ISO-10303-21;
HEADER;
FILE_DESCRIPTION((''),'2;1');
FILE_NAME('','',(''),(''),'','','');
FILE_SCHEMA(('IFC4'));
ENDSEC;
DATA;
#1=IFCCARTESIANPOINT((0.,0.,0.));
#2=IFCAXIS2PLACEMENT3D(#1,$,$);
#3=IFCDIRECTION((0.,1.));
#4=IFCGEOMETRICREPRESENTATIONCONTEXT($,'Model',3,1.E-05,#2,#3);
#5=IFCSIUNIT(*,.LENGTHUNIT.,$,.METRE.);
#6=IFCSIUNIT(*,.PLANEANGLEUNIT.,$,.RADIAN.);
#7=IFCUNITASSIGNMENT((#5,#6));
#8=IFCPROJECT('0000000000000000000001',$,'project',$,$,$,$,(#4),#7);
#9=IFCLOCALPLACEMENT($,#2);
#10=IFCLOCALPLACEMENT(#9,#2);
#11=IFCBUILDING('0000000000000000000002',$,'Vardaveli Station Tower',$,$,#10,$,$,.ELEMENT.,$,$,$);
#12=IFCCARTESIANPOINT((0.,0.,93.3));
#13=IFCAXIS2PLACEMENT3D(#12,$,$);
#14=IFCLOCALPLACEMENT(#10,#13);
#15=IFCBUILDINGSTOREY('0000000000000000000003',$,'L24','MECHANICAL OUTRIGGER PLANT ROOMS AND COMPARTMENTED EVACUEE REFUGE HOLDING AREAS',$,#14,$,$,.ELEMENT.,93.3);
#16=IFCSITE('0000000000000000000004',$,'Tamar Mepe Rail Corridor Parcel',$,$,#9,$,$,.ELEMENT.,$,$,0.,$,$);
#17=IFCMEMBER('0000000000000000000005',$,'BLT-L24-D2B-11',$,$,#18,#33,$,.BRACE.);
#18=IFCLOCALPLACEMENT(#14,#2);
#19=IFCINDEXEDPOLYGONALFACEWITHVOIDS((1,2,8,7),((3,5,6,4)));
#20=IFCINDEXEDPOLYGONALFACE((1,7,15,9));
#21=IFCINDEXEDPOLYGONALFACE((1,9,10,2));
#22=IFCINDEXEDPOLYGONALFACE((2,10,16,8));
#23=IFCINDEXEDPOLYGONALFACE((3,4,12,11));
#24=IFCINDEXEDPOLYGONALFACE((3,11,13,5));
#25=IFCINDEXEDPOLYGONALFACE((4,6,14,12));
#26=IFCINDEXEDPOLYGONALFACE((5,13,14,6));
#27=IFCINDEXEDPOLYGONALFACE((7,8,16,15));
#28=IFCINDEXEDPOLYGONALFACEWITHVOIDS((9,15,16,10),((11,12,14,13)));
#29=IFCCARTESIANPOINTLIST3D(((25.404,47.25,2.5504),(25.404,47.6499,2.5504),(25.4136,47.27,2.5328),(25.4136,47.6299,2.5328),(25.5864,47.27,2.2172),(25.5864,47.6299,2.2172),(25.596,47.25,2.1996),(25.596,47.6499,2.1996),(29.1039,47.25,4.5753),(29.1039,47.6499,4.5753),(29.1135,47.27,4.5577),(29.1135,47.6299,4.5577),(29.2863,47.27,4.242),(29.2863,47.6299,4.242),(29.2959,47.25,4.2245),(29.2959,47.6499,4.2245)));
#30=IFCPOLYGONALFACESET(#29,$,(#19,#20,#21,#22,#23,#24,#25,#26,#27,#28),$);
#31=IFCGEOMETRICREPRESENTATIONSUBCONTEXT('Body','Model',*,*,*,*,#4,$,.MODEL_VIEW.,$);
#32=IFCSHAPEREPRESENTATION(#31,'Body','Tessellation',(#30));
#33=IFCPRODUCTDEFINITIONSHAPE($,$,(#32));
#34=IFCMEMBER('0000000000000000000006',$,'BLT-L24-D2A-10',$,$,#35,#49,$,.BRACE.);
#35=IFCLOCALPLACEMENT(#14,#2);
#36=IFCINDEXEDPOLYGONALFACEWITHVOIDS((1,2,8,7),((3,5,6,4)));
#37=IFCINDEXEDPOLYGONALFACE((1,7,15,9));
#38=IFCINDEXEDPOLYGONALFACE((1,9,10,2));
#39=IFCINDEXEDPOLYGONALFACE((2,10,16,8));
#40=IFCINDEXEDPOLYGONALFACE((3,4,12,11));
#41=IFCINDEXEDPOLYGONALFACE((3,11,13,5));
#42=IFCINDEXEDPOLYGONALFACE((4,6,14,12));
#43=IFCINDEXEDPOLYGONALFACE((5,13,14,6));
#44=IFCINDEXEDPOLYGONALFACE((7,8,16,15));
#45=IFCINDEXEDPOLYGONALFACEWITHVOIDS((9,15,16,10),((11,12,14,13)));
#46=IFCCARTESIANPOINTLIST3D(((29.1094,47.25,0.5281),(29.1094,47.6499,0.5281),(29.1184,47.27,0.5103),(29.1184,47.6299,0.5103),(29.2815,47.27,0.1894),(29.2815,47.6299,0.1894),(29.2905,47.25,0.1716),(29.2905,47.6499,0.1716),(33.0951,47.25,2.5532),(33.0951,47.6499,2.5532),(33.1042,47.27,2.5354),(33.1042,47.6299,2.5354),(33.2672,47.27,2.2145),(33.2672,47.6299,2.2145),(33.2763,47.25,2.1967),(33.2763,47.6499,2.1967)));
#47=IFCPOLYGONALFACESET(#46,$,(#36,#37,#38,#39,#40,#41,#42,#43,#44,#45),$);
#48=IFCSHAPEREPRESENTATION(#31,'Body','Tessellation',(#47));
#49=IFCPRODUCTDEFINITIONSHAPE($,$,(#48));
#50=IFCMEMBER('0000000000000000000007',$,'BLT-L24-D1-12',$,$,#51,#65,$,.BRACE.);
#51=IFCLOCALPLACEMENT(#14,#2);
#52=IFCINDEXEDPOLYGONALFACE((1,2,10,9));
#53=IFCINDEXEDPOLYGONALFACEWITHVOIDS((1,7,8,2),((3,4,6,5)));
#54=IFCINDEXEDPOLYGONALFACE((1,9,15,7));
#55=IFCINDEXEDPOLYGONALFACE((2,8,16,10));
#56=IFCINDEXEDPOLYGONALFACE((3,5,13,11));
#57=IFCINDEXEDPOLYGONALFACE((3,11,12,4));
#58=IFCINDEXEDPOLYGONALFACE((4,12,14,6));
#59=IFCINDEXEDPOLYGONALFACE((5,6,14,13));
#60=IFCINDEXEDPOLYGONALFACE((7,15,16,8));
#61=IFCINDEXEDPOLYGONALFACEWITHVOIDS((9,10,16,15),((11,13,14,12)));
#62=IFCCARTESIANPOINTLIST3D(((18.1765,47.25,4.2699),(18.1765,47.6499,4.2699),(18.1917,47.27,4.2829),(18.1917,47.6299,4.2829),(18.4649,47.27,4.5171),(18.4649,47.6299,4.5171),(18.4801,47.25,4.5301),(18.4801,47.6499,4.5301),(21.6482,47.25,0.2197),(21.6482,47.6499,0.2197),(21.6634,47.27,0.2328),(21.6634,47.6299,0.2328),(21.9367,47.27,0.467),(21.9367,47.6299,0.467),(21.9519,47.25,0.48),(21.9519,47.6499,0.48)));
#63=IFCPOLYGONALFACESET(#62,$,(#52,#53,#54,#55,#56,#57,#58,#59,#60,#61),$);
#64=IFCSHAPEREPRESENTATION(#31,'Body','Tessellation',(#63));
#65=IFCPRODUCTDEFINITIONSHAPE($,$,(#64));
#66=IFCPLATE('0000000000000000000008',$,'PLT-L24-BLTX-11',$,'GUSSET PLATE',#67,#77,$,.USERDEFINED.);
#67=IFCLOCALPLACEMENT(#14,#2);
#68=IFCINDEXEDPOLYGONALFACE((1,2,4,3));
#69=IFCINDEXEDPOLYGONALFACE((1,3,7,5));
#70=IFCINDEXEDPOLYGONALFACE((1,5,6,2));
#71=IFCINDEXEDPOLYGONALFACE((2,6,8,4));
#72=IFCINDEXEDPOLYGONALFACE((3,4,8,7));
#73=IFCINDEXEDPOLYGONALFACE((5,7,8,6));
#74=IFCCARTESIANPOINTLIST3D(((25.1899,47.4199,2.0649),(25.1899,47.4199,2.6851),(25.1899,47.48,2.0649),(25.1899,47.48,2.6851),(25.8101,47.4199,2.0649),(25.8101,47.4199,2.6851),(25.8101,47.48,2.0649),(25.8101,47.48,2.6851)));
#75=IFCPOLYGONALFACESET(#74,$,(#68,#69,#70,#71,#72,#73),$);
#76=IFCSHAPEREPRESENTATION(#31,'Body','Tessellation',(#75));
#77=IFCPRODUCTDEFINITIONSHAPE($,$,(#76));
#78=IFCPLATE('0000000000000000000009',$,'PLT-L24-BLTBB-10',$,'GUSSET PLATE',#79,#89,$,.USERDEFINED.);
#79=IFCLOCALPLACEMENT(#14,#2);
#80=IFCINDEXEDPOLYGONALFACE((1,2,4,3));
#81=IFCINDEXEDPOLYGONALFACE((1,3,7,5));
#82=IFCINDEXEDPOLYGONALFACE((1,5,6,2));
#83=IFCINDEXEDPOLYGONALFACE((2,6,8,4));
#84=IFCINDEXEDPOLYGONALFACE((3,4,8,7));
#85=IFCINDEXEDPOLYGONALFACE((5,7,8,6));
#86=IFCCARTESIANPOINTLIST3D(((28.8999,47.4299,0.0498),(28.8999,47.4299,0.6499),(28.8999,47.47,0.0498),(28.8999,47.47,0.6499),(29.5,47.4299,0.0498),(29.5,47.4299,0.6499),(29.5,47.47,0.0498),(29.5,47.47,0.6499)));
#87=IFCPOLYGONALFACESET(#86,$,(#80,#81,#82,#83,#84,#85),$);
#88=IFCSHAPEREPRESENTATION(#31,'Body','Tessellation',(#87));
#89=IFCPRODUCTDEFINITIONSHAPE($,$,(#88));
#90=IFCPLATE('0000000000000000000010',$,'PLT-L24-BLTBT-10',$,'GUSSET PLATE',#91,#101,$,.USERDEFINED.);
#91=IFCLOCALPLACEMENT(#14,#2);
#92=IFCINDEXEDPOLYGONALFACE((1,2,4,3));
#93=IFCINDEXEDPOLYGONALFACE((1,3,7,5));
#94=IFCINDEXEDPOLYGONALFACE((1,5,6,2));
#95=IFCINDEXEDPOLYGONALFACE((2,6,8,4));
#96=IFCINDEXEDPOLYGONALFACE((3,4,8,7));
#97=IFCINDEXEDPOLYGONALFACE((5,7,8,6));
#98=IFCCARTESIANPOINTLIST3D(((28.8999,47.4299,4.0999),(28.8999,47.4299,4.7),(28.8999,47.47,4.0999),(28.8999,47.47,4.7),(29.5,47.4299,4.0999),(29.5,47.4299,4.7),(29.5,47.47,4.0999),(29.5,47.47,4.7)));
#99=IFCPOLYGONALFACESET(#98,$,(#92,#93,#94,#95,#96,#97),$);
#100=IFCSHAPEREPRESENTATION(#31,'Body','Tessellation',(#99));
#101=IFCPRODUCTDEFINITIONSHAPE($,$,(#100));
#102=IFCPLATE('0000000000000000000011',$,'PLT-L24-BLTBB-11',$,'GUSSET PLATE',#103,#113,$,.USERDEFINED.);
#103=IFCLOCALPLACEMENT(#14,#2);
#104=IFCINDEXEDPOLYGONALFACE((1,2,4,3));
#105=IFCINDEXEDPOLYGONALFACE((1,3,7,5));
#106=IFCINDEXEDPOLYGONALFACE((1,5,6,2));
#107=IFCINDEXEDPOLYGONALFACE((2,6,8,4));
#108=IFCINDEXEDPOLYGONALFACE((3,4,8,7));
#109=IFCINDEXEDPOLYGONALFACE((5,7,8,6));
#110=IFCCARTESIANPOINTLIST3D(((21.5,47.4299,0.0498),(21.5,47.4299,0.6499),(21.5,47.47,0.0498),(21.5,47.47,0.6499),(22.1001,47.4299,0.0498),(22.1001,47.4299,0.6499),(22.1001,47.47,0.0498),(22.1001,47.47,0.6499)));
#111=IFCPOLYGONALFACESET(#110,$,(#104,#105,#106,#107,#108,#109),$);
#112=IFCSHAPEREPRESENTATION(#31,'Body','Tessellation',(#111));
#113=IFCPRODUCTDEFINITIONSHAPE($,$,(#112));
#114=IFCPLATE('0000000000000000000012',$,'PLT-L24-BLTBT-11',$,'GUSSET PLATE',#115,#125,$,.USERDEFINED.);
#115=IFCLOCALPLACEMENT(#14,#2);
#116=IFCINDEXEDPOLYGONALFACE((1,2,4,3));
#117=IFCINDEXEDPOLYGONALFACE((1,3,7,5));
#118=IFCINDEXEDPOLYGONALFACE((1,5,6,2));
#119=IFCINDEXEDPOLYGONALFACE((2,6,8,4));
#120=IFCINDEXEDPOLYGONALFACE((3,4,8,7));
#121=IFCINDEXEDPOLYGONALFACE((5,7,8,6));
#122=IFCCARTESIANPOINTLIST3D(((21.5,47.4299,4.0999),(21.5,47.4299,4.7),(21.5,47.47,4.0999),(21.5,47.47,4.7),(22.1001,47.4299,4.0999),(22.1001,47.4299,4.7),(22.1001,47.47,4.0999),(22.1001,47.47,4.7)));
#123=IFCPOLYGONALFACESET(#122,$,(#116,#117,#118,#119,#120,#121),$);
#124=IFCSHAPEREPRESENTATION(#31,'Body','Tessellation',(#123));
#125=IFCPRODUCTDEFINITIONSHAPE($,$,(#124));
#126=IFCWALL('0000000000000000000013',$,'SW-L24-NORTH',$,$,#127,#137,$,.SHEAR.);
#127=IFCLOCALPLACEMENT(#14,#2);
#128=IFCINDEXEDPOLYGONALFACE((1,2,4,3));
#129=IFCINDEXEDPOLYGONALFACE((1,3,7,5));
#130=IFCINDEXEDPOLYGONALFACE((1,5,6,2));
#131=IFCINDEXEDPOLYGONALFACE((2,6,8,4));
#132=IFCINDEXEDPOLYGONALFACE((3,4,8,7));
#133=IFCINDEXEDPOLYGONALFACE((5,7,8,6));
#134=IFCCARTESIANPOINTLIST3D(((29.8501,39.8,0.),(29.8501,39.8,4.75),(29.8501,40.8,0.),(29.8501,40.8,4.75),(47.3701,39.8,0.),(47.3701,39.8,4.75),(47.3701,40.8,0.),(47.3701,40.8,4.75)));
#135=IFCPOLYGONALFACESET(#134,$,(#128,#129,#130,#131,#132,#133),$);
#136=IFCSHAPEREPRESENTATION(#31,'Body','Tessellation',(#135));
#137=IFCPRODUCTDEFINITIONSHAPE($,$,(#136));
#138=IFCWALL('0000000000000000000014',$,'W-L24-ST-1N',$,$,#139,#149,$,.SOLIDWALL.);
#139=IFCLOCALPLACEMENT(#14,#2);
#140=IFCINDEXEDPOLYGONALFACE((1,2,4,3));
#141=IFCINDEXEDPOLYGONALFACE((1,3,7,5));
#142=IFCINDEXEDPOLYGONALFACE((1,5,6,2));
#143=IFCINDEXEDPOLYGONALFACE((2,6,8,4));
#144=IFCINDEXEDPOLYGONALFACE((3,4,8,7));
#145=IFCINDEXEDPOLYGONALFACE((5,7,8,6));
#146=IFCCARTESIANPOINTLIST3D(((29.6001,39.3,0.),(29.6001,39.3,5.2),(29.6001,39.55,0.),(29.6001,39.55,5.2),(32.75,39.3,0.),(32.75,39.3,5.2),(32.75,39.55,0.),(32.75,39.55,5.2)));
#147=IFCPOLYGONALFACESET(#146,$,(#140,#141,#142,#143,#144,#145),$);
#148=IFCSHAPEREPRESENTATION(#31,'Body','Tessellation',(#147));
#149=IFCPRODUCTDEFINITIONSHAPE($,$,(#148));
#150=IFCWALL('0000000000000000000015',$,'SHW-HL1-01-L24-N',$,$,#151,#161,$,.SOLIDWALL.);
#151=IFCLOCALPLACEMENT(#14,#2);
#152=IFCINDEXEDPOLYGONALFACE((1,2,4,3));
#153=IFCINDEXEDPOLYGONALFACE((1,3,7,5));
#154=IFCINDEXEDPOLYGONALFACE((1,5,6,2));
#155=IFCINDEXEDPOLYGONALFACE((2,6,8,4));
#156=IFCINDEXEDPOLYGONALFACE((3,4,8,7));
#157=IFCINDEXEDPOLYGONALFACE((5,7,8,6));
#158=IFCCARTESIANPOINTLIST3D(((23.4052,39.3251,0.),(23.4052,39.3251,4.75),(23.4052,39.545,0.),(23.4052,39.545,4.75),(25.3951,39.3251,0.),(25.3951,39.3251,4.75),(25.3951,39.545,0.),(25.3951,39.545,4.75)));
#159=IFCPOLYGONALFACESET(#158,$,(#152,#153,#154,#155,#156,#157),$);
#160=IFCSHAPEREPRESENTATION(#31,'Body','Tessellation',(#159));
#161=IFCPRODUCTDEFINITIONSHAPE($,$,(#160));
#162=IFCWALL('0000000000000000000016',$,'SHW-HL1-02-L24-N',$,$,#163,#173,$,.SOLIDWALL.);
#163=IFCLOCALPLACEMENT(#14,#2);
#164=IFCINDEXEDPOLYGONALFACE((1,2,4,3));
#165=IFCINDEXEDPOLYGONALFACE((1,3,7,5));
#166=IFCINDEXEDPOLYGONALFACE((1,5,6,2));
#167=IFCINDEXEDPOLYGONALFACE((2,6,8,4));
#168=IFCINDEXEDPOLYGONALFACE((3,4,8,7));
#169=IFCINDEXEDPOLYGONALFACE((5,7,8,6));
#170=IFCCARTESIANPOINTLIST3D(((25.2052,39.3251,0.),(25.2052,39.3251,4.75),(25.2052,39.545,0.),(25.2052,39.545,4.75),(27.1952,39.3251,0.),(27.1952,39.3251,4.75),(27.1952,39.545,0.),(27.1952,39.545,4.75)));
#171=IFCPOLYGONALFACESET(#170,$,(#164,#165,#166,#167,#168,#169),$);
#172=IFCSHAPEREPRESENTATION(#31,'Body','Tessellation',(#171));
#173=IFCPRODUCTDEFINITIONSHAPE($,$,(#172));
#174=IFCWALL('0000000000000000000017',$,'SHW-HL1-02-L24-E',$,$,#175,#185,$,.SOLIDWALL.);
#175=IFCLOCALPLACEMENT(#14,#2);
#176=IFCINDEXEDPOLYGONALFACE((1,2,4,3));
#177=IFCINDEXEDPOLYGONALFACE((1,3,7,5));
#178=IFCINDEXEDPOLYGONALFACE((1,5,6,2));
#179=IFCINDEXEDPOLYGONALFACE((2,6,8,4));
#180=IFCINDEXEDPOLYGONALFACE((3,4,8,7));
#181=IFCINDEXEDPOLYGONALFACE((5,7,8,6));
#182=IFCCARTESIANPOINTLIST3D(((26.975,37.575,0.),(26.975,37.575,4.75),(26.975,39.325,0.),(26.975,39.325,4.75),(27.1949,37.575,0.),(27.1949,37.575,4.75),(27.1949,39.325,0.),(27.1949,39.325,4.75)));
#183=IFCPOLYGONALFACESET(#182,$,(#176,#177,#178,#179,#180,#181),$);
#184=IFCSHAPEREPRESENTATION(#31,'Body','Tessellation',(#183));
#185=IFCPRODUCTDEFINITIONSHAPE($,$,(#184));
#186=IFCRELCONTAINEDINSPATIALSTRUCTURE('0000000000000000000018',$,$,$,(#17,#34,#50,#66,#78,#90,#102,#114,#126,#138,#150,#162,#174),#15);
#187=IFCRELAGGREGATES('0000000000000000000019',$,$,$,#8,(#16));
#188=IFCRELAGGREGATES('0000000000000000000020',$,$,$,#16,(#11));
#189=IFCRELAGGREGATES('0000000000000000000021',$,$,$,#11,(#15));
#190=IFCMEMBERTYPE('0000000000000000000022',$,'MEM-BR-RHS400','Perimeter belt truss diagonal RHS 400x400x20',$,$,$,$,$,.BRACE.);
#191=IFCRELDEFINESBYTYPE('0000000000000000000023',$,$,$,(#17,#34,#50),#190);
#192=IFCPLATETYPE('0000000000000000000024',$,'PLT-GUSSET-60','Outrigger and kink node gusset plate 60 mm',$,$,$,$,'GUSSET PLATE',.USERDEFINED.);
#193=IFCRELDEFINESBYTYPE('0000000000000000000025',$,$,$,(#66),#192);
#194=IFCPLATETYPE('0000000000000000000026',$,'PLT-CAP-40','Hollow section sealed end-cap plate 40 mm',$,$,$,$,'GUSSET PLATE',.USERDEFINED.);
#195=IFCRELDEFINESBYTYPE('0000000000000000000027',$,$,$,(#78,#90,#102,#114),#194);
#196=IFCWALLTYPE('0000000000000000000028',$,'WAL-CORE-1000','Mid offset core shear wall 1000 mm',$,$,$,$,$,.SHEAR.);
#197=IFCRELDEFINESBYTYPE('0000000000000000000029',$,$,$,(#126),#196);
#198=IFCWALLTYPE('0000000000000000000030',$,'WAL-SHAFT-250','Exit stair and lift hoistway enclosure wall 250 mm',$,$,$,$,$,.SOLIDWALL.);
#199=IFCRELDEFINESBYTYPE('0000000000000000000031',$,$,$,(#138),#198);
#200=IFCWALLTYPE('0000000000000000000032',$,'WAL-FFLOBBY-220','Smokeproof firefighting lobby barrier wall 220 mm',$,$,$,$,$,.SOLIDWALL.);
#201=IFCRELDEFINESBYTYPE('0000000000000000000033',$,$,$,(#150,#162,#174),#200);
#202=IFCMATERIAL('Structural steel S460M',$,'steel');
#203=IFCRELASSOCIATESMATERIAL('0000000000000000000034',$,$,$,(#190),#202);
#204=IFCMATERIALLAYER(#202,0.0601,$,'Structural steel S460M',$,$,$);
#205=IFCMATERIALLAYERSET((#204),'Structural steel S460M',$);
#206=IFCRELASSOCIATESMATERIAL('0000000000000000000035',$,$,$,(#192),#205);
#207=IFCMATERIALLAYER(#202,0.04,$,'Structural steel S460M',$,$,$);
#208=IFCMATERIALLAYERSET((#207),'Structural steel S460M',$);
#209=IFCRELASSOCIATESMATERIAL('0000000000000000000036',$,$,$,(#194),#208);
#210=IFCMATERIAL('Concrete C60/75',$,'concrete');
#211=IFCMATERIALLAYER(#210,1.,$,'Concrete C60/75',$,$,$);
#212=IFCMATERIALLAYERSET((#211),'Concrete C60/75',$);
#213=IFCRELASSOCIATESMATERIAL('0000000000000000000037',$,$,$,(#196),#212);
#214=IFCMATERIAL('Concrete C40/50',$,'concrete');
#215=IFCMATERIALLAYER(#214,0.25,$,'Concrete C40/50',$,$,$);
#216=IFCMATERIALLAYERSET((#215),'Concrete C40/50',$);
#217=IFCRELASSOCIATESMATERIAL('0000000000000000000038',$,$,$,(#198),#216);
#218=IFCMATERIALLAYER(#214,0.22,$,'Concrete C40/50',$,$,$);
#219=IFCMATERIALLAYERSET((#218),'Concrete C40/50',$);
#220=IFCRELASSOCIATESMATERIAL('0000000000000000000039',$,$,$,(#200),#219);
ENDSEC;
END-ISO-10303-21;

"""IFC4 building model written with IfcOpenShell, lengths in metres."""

from ifc_helpers import new_model, si_unit, direction, frame, frame_2d, origin, origin_2d, place, context, subcontext, project, spatial, rectangle, hollow_rectangle, extrude, source, transform, mapped, material, layer, layer_set, material_profile, profile_set, type_object, element, save


model = new_model("IFC4")

# Units and contexts
model_context = context("Model", 3, precision=1e-05, world=origin(), true_north=direction((0.0, 1.0)))
body_context = subcontext(model_context, "Body", "Model", "MODEL_VIEW")
ifc_project = project(units=[si_unit("LENGTHUNIT", "METRE"), si_unit("PLANEANGLEUNIT", "RADIAN")], contexts=[model_context])

# Site, building, storey
site_placement = place(None, origin())
site = spatial("IfcSite", under=ifc_project, at=site_placement, Name="Tamar Mepe Rail Corridor Parcel", CompositionType="ELEMENT", RefElevation=0.0)
building_placement = place(site_placement, origin())
building = spatial("IfcBuilding", under=site, at=building_placement, Name="Vardaveli Station Tower", CompositionType="ELEMENT")
storey_placement = place(building_placement, frame((0.0, 0.0, 93.3)))
storey = spatial("IfcBuildingStorey", under=building, at=storey_placement, Name="L24", Description="MECHANICAL OUTRIGGER PLANT ROOMS AND COMPARTMENTED EVACUEE REFUGE HOLDING AREAS", CompositionType="ELEMENT", Elevation=93.3)

# Shared definitions
ifc_material_1 = material(Name="Structural steel S460M", Category="steel")

# Members
ifc_material_profile_1 = material_profile(ifc_material_1, hollow_rectangle(XDim=0.3999, YDim=0.3999, WallThickness=0.02, at=origin_2d()), Name="RHS 400x400x20")
ifc_profile_set_1 = profile_set([ifc_material_profile_1], Name="Structural steel S460M")
member_type_1 = type_object("IfcMemberType", Name="MEM-BR-RHS400", Description="Perimeter belt truss diagonal RHS 400x400x20", PredefinedType="BRACE", material=ifc_profile_set_1)
shared_shape_1 = source(origin(), body_context, "Body", "SweptSolid", [
    extrude(hollow_rectangle(XDim=0.3999, YDim=0.3999, WallThickness=0.02, at=origin_2d()), origin(), (0.0, 0.0, 1.0), 4.2178),
])
member_1_placement = place(storey_placement, frame((25.5, 47.45, 2.375), z_axis=(0.877222, 0.0, 0.480085), x_axis=(0.0, 1.0, 0.0)))
element("IfcMember", 1, at=member_1_placement, inside=storey, type_object=member_type_1, Name="BLT-L24-D2B-11", PredefinedType="BRACE", context=body_context, shape_type="MappedRepresentation", body=[
    mapped(shared_shape_1, transform((0.0, 0.0, 0.0), scale=1.0)),
])
shared_shape_2 = source(origin(), body_context, "Body", "SweptSolid", [
    extrude(hollow_rectangle(XDim=0.3999, YDim=0.3999, WallThickness=0.02, at=origin_2d()), origin(), (0.0, 0.0, 1.0), 4.4707),
])
member_2_placement = place(storey_placement, frame((29.2, 47.45, 0.3499), z_axis=(0.891525, 0.0, 0.452971), x_axis=(0.0, 1.0, 0.0)))
element("IfcMember", 2, at=member_2_placement, inside=storey, type_object=member_type_1, Name="BLT-L24-D2A-10", PredefinedType="BRACE", context=body_context, shape_type="MappedRepresentation", body=[
    mapped(shared_shape_2, transform((0.0, 0.0, 0.0), scale=1.0)),
])
shared_shape_3 = source(origin(), body_context, "Body", "SweptSolid", [
    extrude(hollow_rectangle(XDim=0.3999, YDim=0.3999, WallThickness=0.02, at=origin_2d()), origin(), (0.0, 0.0, 1.0), 5.3345),
])
member_3_placement = place(storey_placement, frame((21.8, 47.45, 0.3499), z_axis=(-0.650814, 0.0, 0.759237), x_axis=(0.0, -1.0, 0.0)))
element("IfcMember", 3, at=member_3_placement, inside=storey, type_object=member_type_1, Name="BLT-L24-D1-12", PredefinedType="BRACE", context=body_context, shape_type="MappedRepresentation", body=[
    mapped(shared_shape_3, transform((0.0, 0.0, 0.0), scale=1.0)),
])

# Plates
ifc_layer_1 = layer(ifc_material_1, 0.0601, Name="Structural steel S460M")
ifc_layer_set_1 = layer_set([ifc_layer_1], Name="Structural steel S460M")
plate_type_1 = type_object("IfcPlateType", Name="PLT-GUSSET-60", Description="Outrigger and kink node gusset plate 60 mm", ElementType="GUSSET PLATE", PredefinedType="USERDEFINED", material=ifc_layer_set_1)
shared_shape_4 = source(origin(), body_context, "Body", "SweptSolid", [
    extrude(rectangle(XDim=0.6201, YDim=0.0601, at=origin_2d()), origin(), (0.0, 0.0, 1.0), 0.6201),
])
plate_placement = place(storey_placement, frame((25.5, 47.45, 2.0649), z_axis=(0.0, 0.0, 1.0), x_axis=(-1.0, 0.0, 0.0)))
element("IfcPlate", 4, at=plate_placement, inside=storey, type_object=plate_type_1, Name="PLT-L24-BLTX-11", ObjectType="GUSSET PLATE", PredefinedType="USERDEFINED", context=body_context, shape_type="MappedRepresentation", body=[
    mapped(shared_shape_4, transform((0.0, 0.0, 0.0), scale=1.0)),
])
ifc_layer_2 = layer(ifc_material_1, 0.04, Name="Structural steel S460M")
ifc_layer_set_2 = layer_set([ifc_layer_2], Name="Structural steel S460M")
plate_type_2 = type_object("IfcPlateType", Name="PLT-CAP-40", Description="Hollow section sealed end-cap plate 40 mm", ElementType="GUSSET PLATE", PredefinedType="USERDEFINED", material=ifc_layer_set_2)
shared_shape_5 = source(origin(), body_context, "Body", "SweptSolid", [
    extrude(rectangle(XDim=0.6001, YDim=0.04, at=origin_2d()), origin(), (0.0, 0.0, 1.0), 0.6001),
])
for number, where, z_axis, x_axis, name in (
    (5, (29.2, 47.45, 0.0498), (0.0, 0.0, 1.0), (-1.0, 0.0, 0.0), "PLT-L24-BLTBB-10"),
    (6, (29.2, 47.45, 4.0999), (0.0, 0.0, 1.0), (-1.0, 0.0, 0.0), "PLT-L24-BLTBT-10"),
    (7, (21.8, 47.45, 0.0498), (0.0, 0.0, 1.0), (-1.0, 0.0, 0.0), "PLT-L24-BLTBB-11"),
    (8, (21.8, 47.45, 4.0999), (0.0, 0.0, 1.0), (-1.0, 0.0, 0.0), "PLT-L24-BLTBT-11"),
):
    element("IfcPlate", number, at=place(storey_placement, frame(where, z_axis=z_axis, x_axis=x_axis)), inside=storey, type_object=plate_type_2, Name=name, ObjectType="GUSSET PLATE", PredefinedType="USERDEFINED", context=body_context, shape_type="MappedRepresentation", body=[
        mapped(shared_shape_5, transform((0.0, 0.0, 0.0), scale=1.0)),
    ])

# Walls
ifc_material_2 = material(Name="Concrete C60/75", Category="concrete")
ifc_layer_3 = layer(ifc_material_2, 1.0, Name="Concrete C60/75")
ifc_layer_set_3 = layer_set([ifc_layer_3], Name="Concrete C60/75")
wall_type_1 = type_object("IfcWallType", Name="WAL-CORE-1000", Description="Mid offset core shear wall 1000 mm", PredefinedType="SHEAR", material=ifc_layer_set_3)
shared_shape_6 = source(origin(), body_context, "Body", "SweptSolid", [
    extrude(rectangle(XDim=17.52, YDim=1.0, at=frame_2d((8.76, 0.0))), origin(), (0.0, 0.0, 1.0), 4.75),
])
wall_1_placement = place(storey_placement, frame((29.8501, 40.3, 0.0), z_axis=(0.0, 0.0, 1.0), x_axis=(1.0, 0.0, 0.0)))
element("IfcWall", 9, at=wall_1_placement, inside=storey, type_object=wall_type_1, Name="SW-L24-NORTH", PredefinedType="SHEAR", context=body_context, shape_type="MappedRepresentation", body=[
    mapped(shared_shape_6, transform((0.0, 0.0, 0.0), scale=1.0)),
])
ifc_material_3 = material(Name="Concrete C40/50", Category="concrete")
ifc_layer_4 = layer(ifc_material_3, 0.25, Name="Concrete C40/50")
ifc_layer_set_4 = layer_set([ifc_layer_4], Name="Concrete C40/50")
wall_type_2 = type_object("IfcWallType", Name="WAL-SHAFT-250", Description="Exit stair and lift hoistway enclosure wall 250 mm", PredefinedType="SOLIDWALL", material=ifc_layer_set_4)
shared_shape_7 = source(origin(), body_context, "Body", "SweptSolid", [
    extrude(rectangle(XDim=3.1499, YDim=0.25, at=frame_2d((1.575, 0.0))), origin(), (0.0, 0.0, 1.0), 5.2),
])
wall_2_placement = place(storey_placement, frame((29.6001, 39.425, 0.0), z_axis=(0.0, 0.0, 1.0), x_axis=(1.0, 0.0, 0.0)))
element("IfcWall", 10, at=wall_2_placement, inside=storey, type_object=wall_type_2, Name="W-L24-ST-1N", PredefinedType="SOLIDWALL", context=body_context, shape_type="MappedRepresentation", body=[
    mapped(shared_shape_7, transform((0.0, 0.0, 0.0), scale=1.0)),
])
ifc_layer_5 = layer(ifc_material_3, 0.22, Name="Concrete C40/50")
ifc_layer_set_5 = layer_set([ifc_layer_5], Name="Concrete C40/50")
wall_type_3 = type_object("IfcWallType", Name="WAL-FFLOBBY-220", Description="Smokeproof firefighting lobby barrier wall 220 mm", PredefinedType="SOLIDWALL", material=ifc_layer_set_5)
shared_shape_8 = source(origin(), body_context, "Body", "SweptSolid", [
    extrude(rectangle(XDim=1.99, YDim=0.22, at=frame_2d((0.9951, 0.0))), origin(), (0.0, 0.0, 1.0), 4.75),
])
for number, where, z_axis, x_axis, name in (
    (11, (23.405, 39.4351, 0.0), (0.0, 0.0, 1.0), (1.0, 0.0, 0.0), "SHW-HL1-01-L24-N"),
    (12, (25.2051, 39.4351, 0.0), (0.0, 0.0, 1.0), (1.0, 0.0, 0.0), "SHW-HL1-02-L24-N"),
):
    element("IfcWall", number, at=place(storey_placement, frame(where, z_axis=z_axis, x_axis=x_axis)), inside=storey, type_object=wall_type_3, Name=name, PredefinedType="SOLIDWALL", context=body_context, shape_type="MappedRepresentation", body=[
        mapped(shared_shape_8, transform((0.0, 0.0, 0.0), scale=1.0)),
    ])
shared_shape_9 = source(origin(), body_context, "Body", "SweptSolid", [
    extrude(rectangle(XDim=1.75, YDim=0.22, at=frame_2d((0.875, 0.0))), origin(), (0.0, 0.0, 1.0), 4.75),
])
for number, where, z_axis, x_axis, name in (
    (13, (27.085, 37.575, 0.0), (0.0, 0.0, 1.0), (0.0, 1.0, 0.0), "SHW-HL1-02-L24-E"),
):
    element("IfcWall", number, at=place(storey_placement, frame(where, z_axis=z_axis, x_axis=x_axis)), inside=storey, type_object=wall_type_3, Name=name, PredefinedType="SOLIDWALL", context=body_context, shape_type="MappedRepresentation", body=[
        mapped(shared_shape_9, transform((0.0, 0.0, 0.0), scale=1.0)),
    ])

save(model, "model.ifc")
